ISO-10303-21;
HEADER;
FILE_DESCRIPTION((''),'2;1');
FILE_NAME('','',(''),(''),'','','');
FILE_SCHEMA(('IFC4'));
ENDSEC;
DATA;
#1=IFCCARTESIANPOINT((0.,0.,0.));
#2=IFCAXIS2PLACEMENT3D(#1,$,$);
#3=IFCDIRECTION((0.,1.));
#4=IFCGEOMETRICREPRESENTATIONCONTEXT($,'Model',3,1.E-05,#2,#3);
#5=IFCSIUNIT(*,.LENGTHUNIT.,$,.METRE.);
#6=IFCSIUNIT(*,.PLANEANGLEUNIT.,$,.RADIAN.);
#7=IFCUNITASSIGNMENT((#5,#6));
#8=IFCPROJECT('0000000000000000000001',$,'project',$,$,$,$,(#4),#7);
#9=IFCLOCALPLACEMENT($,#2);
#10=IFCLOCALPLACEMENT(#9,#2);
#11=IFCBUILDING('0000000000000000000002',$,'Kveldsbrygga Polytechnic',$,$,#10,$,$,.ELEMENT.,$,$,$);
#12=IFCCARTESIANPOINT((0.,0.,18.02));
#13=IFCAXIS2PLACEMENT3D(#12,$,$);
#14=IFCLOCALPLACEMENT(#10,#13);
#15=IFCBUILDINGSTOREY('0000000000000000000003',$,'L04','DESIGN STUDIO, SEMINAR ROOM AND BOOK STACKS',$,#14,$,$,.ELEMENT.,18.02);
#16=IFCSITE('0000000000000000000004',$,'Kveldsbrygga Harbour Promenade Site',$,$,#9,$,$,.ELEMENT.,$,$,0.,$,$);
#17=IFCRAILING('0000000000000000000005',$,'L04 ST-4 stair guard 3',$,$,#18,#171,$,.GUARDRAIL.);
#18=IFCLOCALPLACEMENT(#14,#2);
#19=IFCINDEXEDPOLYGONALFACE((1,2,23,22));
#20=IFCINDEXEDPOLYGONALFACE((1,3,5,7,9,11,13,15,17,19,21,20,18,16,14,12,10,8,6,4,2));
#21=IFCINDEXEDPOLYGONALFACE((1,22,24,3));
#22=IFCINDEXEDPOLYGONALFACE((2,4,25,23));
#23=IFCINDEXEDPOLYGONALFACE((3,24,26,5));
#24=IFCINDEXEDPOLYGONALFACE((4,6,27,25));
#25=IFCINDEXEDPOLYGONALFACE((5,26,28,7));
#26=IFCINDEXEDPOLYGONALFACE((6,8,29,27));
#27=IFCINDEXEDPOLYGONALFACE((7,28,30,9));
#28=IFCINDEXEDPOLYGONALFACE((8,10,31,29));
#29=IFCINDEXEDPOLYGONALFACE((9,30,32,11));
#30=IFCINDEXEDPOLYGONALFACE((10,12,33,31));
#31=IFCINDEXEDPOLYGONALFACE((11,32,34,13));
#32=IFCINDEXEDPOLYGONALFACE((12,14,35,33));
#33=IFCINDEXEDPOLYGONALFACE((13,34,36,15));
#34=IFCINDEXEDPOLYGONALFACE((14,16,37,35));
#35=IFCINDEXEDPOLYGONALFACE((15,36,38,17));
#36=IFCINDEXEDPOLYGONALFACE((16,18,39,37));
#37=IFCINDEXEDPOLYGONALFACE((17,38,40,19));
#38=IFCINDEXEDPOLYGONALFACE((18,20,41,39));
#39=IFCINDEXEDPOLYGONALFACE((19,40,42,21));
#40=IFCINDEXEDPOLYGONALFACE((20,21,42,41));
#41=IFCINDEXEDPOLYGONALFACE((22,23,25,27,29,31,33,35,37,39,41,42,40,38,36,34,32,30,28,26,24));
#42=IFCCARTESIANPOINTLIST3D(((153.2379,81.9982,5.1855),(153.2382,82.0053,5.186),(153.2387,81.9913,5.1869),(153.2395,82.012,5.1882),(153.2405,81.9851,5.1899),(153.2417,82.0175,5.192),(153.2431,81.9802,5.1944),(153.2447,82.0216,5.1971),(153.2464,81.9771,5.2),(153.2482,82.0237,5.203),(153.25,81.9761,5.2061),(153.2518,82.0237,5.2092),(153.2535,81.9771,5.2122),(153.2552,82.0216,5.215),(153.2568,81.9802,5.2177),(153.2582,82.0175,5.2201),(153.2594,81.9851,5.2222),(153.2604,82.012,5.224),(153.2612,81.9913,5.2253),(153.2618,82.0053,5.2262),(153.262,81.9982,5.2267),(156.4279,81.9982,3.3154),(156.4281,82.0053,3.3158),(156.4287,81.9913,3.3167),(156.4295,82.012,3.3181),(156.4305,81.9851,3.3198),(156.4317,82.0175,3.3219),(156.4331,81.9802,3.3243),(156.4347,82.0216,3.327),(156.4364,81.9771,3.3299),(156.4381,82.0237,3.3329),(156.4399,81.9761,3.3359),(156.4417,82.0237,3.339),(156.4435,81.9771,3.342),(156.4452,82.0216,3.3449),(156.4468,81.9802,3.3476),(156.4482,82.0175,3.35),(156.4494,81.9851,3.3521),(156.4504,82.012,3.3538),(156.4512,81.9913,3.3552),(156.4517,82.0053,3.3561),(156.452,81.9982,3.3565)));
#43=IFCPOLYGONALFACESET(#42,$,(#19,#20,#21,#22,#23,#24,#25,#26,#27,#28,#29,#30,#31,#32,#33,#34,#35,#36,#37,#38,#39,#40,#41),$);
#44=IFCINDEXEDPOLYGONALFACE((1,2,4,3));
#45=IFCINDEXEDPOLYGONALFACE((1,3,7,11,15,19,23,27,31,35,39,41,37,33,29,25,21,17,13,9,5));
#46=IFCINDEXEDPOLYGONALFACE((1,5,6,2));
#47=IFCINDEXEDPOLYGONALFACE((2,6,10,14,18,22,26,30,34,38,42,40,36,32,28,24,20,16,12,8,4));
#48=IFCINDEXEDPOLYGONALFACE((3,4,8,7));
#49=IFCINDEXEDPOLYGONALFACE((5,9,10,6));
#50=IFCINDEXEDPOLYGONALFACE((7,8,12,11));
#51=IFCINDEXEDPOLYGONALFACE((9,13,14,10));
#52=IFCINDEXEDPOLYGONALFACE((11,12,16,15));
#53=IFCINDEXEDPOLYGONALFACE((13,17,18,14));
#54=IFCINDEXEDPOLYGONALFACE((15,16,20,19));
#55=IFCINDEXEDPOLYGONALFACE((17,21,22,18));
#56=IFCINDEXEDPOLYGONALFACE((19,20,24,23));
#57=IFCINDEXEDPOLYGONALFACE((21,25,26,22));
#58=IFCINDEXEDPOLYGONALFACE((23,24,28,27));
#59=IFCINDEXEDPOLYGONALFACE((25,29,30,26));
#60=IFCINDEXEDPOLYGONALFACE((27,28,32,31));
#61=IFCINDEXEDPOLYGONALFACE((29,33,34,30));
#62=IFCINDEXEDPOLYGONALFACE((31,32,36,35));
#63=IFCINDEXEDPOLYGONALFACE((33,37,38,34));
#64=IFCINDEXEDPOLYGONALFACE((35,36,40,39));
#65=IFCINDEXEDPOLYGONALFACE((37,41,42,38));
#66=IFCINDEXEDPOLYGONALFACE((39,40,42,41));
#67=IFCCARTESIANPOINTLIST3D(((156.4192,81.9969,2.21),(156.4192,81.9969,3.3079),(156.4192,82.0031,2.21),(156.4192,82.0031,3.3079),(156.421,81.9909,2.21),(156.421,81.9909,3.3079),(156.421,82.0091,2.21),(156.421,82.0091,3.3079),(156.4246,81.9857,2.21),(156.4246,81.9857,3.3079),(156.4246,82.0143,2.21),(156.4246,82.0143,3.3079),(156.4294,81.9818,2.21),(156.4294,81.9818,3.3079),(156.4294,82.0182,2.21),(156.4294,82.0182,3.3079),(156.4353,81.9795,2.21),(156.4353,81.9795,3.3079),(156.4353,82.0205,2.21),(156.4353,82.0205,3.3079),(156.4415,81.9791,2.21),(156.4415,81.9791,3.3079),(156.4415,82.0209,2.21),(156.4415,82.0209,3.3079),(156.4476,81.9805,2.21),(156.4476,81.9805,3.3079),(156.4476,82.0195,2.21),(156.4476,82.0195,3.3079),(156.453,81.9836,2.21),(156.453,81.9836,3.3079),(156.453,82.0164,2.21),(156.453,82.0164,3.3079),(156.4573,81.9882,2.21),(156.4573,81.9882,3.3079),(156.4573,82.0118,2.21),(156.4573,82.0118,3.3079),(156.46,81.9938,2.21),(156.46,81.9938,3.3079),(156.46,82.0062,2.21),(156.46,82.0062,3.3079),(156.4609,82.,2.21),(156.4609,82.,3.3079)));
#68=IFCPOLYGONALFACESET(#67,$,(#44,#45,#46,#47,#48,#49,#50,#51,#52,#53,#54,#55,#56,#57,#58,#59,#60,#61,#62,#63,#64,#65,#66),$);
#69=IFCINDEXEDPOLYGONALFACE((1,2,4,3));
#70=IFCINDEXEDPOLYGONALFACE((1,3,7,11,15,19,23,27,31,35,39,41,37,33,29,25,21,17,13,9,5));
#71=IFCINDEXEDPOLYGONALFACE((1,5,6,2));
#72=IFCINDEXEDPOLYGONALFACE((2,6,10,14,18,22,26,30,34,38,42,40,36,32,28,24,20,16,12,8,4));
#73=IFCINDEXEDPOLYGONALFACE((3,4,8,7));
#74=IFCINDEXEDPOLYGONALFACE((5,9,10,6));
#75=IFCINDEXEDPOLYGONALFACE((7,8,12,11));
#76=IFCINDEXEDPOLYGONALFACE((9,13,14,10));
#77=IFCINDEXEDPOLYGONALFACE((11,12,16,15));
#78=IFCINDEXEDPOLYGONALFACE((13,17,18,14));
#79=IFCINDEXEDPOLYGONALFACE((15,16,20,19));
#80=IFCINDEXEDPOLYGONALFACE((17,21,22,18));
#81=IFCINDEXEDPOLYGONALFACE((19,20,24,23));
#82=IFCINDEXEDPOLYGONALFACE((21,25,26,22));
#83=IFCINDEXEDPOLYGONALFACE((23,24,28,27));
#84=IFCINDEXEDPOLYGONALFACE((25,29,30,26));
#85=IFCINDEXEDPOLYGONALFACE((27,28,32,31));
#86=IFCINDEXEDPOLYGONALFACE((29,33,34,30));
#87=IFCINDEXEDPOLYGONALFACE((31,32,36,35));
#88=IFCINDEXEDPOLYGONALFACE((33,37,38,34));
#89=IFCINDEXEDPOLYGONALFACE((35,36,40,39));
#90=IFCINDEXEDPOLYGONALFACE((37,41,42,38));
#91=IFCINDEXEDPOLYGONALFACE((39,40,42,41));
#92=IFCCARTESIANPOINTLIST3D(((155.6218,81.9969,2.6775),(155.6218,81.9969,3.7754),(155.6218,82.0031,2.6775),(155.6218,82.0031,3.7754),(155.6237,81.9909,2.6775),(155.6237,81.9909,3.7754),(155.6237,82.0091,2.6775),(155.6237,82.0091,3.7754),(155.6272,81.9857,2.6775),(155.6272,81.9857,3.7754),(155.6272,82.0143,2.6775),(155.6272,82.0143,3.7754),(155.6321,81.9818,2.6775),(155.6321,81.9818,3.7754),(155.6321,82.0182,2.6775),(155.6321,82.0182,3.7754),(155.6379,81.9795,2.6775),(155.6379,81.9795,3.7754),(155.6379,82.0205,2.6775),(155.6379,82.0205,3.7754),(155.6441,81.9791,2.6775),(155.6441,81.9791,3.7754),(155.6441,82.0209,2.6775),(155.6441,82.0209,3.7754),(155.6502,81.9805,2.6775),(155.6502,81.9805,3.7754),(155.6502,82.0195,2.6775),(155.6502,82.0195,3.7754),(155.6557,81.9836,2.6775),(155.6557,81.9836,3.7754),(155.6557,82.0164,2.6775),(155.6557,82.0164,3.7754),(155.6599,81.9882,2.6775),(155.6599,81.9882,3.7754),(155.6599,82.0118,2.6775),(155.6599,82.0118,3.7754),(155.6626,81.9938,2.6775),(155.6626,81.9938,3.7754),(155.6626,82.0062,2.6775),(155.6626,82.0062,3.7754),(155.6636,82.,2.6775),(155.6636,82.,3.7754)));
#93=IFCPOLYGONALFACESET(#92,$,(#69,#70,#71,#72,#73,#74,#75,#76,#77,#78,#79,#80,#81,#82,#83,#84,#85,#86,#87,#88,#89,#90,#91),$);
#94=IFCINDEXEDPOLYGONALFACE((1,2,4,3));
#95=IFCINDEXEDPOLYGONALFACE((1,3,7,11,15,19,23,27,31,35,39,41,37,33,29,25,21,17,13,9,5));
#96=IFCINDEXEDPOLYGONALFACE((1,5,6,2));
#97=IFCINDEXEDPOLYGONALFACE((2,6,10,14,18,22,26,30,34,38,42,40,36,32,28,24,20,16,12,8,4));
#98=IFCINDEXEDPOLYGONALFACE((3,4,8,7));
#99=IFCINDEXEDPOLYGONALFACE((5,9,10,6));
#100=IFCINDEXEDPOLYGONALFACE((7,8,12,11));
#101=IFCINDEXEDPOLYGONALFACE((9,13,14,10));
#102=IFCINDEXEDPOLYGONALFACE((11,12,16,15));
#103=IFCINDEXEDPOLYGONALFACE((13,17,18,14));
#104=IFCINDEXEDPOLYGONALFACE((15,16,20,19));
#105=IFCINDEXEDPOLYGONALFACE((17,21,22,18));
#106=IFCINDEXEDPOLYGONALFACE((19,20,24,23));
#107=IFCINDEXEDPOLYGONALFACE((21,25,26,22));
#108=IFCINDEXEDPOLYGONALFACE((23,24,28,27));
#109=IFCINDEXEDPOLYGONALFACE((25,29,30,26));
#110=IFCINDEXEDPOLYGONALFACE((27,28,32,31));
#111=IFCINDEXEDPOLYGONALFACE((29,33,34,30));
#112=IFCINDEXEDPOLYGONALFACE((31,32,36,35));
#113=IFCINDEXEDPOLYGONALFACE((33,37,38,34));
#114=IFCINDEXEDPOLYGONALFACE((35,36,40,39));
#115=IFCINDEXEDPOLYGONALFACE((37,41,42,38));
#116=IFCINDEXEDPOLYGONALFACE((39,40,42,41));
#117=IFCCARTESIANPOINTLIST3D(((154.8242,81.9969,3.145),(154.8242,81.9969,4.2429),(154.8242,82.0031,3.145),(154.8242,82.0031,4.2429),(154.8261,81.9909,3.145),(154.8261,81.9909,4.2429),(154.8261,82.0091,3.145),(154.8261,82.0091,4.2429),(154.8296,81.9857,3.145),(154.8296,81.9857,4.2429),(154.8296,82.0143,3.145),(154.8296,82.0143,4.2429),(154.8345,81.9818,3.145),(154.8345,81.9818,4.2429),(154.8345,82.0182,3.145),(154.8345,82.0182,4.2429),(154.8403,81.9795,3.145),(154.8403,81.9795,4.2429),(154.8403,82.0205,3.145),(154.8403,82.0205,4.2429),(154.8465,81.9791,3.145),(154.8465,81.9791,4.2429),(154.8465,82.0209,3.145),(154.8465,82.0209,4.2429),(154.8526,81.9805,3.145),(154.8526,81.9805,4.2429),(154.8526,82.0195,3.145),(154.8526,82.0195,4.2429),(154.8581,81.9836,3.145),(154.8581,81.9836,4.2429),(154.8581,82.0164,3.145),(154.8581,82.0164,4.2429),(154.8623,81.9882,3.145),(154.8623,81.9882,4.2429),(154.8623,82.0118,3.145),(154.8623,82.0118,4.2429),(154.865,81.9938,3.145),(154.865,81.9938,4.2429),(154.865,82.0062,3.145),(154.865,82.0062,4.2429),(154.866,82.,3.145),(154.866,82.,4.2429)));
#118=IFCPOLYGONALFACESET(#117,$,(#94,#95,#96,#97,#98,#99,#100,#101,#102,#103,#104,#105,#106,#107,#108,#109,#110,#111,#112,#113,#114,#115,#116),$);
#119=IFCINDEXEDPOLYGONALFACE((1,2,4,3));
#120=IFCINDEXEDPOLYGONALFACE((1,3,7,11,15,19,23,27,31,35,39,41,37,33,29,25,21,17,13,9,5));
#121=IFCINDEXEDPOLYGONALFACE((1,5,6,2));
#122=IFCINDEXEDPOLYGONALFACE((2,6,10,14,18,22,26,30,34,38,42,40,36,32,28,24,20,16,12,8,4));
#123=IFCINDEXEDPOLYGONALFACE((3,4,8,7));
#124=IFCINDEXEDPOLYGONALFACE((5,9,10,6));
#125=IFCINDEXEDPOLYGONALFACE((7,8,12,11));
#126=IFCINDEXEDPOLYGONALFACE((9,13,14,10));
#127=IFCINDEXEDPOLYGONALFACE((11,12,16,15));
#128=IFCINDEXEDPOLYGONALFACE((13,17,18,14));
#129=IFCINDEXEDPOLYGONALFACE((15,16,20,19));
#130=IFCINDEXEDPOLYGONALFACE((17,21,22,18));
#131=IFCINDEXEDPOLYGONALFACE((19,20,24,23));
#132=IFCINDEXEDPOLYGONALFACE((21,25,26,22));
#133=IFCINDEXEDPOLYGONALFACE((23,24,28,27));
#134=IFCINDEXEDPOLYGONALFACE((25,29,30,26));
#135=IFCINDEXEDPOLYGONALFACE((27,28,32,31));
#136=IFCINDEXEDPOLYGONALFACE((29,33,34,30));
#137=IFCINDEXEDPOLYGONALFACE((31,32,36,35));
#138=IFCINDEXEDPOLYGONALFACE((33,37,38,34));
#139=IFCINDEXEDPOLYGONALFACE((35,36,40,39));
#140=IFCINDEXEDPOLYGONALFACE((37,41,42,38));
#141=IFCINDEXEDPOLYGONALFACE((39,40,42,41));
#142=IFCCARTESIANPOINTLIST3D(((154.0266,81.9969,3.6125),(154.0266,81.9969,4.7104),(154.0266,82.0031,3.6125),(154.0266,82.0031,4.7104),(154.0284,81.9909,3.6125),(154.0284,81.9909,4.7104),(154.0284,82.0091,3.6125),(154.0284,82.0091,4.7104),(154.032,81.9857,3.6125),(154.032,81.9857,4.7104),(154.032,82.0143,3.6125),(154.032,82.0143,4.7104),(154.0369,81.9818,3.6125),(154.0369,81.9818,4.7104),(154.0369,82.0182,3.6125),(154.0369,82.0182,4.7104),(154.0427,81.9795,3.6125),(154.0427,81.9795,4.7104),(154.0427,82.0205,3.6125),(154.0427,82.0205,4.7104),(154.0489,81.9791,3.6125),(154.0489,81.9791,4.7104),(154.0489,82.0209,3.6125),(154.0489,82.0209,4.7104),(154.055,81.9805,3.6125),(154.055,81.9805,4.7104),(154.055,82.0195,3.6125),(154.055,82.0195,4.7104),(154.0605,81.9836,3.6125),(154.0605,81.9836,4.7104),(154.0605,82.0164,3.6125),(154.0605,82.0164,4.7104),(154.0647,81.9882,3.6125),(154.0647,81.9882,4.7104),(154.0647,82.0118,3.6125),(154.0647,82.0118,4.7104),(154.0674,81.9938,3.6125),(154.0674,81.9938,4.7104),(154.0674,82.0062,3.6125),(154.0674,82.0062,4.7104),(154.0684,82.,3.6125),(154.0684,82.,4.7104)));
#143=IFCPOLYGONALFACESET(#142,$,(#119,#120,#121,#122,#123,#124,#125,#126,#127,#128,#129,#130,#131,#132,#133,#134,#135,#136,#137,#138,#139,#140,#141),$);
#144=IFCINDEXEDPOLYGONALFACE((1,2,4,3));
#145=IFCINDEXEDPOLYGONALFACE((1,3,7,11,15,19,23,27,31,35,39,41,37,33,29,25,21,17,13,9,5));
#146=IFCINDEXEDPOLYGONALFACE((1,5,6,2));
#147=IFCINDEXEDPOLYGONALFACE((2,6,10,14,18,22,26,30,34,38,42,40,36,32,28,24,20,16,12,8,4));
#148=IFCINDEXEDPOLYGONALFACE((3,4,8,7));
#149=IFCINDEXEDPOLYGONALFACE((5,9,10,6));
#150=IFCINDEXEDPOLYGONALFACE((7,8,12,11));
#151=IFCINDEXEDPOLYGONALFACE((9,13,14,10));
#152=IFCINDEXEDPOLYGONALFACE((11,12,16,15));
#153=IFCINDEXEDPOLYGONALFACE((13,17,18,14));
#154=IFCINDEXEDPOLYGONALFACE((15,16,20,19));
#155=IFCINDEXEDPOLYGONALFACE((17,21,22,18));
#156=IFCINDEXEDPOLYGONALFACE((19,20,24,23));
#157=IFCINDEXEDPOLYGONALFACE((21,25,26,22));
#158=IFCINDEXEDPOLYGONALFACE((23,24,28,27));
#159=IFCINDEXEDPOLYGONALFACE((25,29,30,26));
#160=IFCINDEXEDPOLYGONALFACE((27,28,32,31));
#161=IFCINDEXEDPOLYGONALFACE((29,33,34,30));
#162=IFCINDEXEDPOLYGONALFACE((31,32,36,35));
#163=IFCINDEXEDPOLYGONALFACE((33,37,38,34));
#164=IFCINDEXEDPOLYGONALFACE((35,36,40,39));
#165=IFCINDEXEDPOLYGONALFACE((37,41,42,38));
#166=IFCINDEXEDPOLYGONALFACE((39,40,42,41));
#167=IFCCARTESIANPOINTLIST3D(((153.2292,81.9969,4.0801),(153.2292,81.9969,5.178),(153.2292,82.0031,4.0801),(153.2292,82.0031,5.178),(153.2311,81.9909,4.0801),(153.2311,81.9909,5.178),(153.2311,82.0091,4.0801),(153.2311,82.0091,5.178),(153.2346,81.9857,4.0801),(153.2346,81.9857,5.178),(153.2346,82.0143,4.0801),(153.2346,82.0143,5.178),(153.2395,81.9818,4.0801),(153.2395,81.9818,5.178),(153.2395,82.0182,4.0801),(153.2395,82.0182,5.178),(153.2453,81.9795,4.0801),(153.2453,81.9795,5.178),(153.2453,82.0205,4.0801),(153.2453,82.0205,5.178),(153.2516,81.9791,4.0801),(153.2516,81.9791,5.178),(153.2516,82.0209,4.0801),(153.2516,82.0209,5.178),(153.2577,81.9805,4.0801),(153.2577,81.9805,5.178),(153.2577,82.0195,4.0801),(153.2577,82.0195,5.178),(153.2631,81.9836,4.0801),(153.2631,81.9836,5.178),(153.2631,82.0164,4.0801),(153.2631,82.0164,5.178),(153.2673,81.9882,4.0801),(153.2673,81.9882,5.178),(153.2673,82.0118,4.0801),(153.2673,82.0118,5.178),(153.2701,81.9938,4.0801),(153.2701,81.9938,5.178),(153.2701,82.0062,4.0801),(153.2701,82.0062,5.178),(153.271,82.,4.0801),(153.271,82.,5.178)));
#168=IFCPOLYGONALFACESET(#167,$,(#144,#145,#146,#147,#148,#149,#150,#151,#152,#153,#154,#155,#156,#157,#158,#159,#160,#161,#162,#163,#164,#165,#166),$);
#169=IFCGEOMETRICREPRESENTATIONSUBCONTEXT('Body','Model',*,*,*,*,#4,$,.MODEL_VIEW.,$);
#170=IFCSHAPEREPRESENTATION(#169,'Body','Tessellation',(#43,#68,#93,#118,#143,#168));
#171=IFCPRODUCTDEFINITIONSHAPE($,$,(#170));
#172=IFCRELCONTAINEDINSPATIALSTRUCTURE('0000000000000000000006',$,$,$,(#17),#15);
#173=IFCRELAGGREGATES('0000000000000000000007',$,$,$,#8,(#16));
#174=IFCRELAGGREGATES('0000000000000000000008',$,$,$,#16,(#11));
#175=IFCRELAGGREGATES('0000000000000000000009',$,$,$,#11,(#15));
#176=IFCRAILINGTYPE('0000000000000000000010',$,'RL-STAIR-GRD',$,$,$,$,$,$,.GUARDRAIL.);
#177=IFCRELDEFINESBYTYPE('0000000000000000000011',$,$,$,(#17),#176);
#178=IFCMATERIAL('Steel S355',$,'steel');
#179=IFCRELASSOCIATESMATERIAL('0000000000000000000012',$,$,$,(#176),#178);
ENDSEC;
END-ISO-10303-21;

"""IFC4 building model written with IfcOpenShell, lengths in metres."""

from ifc_helpers import new_model, si_unit, direction, frame, origin, origin_2d, place, context, subcontext, project, spatial, circle, extrude, material, type_object, element, save


model = new_model("IFC4")

# Units and contexts
model_context = context("Model", 3, precision=1e-05, world=origin(), true_north=direction((0.0, 1.0)))
body_context = subcontext(model_context, "Body", "Model", "MODEL_VIEW")
ifc_project = project(units=[si_unit("LENGTHUNIT", "METRE"), si_unit("PLANEANGLEUNIT", "RADIAN")], contexts=[model_context])

# Site, building, storey
site_placement = place(None, origin())
site = spatial("IfcSite", under=ifc_project, at=site_placement, Name="Kveldsbrygga Harbour Promenade Site", CompositionType="ELEMENT", RefElevation=0.0)
building_placement = place(site_placement, origin())
building = spatial("IfcBuilding", under=site, at=building_placement, Name="Kveldsbrygga Polytechnic", CompositionType="ELEMENT")
storey_placement = place(building_placement, frame((0.0, 0.0, 18.02)))
storey = spatial("IfcBuildingStorey", under=building, at=storey_placement, Name="L04", Description="DESIGN STUDIO, SEMINAR ROOM AND BOOK STACKS", CompositionType="ELEMENT", Elevation=18.02)

# Shared definitions
ifc_material_1 = material(Name="Steel S355", Category="steel")

# Railing
railing_type_1 = type_object("IfcRailingType", Name="RL-STAIR-GRD", PredefinedType="GUARDRAIL", material=ifc_material_1)
railing_1_placement = place(storey_placement, frame((156.4399, 82.0, 2.21)))
element("IfcRailing", 1, at=railing_1_placement, inside=storey, type_object=railing_type_1, Name="L04 ST-4 stair guard 3", PredefinedType="GUARDRAIL", context=body_context, shape_type="SweptSolid", body=[
    extrude(circle(Radius=0.0239, at=origin_2d()), frame((0.0, 0.0, 1.126), z_axis=(-0.86268, 0.0, 0.50575), x_axis=(0.0, -1.0, 0.0)), (0.0, 0.0, 1.0), 3.6978),
    extrude(circle(Radius=0.021, at=origin_2d()), origin(), (0.0, 0.0, 1.0), 1.0979),
    extrude(circle(Radius=0.021, at=origin_2d()), frame((-0.7974, 0.0, 0.4675)), (0.0, 0.0, 1.0), 1.0979),
    extrude(circle(Radius=0.021, at=origin_2d()), frame((-1.595, 0.0, 0.9351)), (0.0, 0.0, 1.0), 1.0979),
    extrude(circle(Radius=0.021, at=origin_2d()), frame((-2.3926, 0.0, 1.4026)), (0.0, 0.0, 1.0), 1.0979),
    extrude(circle(Radius=0.021, at=origin_2d()), frame((-3.1899, 0.0, 1.8701)), (0.0, 0.0, 1.0), 1.0979),
])

save(model, "model.ifc")
